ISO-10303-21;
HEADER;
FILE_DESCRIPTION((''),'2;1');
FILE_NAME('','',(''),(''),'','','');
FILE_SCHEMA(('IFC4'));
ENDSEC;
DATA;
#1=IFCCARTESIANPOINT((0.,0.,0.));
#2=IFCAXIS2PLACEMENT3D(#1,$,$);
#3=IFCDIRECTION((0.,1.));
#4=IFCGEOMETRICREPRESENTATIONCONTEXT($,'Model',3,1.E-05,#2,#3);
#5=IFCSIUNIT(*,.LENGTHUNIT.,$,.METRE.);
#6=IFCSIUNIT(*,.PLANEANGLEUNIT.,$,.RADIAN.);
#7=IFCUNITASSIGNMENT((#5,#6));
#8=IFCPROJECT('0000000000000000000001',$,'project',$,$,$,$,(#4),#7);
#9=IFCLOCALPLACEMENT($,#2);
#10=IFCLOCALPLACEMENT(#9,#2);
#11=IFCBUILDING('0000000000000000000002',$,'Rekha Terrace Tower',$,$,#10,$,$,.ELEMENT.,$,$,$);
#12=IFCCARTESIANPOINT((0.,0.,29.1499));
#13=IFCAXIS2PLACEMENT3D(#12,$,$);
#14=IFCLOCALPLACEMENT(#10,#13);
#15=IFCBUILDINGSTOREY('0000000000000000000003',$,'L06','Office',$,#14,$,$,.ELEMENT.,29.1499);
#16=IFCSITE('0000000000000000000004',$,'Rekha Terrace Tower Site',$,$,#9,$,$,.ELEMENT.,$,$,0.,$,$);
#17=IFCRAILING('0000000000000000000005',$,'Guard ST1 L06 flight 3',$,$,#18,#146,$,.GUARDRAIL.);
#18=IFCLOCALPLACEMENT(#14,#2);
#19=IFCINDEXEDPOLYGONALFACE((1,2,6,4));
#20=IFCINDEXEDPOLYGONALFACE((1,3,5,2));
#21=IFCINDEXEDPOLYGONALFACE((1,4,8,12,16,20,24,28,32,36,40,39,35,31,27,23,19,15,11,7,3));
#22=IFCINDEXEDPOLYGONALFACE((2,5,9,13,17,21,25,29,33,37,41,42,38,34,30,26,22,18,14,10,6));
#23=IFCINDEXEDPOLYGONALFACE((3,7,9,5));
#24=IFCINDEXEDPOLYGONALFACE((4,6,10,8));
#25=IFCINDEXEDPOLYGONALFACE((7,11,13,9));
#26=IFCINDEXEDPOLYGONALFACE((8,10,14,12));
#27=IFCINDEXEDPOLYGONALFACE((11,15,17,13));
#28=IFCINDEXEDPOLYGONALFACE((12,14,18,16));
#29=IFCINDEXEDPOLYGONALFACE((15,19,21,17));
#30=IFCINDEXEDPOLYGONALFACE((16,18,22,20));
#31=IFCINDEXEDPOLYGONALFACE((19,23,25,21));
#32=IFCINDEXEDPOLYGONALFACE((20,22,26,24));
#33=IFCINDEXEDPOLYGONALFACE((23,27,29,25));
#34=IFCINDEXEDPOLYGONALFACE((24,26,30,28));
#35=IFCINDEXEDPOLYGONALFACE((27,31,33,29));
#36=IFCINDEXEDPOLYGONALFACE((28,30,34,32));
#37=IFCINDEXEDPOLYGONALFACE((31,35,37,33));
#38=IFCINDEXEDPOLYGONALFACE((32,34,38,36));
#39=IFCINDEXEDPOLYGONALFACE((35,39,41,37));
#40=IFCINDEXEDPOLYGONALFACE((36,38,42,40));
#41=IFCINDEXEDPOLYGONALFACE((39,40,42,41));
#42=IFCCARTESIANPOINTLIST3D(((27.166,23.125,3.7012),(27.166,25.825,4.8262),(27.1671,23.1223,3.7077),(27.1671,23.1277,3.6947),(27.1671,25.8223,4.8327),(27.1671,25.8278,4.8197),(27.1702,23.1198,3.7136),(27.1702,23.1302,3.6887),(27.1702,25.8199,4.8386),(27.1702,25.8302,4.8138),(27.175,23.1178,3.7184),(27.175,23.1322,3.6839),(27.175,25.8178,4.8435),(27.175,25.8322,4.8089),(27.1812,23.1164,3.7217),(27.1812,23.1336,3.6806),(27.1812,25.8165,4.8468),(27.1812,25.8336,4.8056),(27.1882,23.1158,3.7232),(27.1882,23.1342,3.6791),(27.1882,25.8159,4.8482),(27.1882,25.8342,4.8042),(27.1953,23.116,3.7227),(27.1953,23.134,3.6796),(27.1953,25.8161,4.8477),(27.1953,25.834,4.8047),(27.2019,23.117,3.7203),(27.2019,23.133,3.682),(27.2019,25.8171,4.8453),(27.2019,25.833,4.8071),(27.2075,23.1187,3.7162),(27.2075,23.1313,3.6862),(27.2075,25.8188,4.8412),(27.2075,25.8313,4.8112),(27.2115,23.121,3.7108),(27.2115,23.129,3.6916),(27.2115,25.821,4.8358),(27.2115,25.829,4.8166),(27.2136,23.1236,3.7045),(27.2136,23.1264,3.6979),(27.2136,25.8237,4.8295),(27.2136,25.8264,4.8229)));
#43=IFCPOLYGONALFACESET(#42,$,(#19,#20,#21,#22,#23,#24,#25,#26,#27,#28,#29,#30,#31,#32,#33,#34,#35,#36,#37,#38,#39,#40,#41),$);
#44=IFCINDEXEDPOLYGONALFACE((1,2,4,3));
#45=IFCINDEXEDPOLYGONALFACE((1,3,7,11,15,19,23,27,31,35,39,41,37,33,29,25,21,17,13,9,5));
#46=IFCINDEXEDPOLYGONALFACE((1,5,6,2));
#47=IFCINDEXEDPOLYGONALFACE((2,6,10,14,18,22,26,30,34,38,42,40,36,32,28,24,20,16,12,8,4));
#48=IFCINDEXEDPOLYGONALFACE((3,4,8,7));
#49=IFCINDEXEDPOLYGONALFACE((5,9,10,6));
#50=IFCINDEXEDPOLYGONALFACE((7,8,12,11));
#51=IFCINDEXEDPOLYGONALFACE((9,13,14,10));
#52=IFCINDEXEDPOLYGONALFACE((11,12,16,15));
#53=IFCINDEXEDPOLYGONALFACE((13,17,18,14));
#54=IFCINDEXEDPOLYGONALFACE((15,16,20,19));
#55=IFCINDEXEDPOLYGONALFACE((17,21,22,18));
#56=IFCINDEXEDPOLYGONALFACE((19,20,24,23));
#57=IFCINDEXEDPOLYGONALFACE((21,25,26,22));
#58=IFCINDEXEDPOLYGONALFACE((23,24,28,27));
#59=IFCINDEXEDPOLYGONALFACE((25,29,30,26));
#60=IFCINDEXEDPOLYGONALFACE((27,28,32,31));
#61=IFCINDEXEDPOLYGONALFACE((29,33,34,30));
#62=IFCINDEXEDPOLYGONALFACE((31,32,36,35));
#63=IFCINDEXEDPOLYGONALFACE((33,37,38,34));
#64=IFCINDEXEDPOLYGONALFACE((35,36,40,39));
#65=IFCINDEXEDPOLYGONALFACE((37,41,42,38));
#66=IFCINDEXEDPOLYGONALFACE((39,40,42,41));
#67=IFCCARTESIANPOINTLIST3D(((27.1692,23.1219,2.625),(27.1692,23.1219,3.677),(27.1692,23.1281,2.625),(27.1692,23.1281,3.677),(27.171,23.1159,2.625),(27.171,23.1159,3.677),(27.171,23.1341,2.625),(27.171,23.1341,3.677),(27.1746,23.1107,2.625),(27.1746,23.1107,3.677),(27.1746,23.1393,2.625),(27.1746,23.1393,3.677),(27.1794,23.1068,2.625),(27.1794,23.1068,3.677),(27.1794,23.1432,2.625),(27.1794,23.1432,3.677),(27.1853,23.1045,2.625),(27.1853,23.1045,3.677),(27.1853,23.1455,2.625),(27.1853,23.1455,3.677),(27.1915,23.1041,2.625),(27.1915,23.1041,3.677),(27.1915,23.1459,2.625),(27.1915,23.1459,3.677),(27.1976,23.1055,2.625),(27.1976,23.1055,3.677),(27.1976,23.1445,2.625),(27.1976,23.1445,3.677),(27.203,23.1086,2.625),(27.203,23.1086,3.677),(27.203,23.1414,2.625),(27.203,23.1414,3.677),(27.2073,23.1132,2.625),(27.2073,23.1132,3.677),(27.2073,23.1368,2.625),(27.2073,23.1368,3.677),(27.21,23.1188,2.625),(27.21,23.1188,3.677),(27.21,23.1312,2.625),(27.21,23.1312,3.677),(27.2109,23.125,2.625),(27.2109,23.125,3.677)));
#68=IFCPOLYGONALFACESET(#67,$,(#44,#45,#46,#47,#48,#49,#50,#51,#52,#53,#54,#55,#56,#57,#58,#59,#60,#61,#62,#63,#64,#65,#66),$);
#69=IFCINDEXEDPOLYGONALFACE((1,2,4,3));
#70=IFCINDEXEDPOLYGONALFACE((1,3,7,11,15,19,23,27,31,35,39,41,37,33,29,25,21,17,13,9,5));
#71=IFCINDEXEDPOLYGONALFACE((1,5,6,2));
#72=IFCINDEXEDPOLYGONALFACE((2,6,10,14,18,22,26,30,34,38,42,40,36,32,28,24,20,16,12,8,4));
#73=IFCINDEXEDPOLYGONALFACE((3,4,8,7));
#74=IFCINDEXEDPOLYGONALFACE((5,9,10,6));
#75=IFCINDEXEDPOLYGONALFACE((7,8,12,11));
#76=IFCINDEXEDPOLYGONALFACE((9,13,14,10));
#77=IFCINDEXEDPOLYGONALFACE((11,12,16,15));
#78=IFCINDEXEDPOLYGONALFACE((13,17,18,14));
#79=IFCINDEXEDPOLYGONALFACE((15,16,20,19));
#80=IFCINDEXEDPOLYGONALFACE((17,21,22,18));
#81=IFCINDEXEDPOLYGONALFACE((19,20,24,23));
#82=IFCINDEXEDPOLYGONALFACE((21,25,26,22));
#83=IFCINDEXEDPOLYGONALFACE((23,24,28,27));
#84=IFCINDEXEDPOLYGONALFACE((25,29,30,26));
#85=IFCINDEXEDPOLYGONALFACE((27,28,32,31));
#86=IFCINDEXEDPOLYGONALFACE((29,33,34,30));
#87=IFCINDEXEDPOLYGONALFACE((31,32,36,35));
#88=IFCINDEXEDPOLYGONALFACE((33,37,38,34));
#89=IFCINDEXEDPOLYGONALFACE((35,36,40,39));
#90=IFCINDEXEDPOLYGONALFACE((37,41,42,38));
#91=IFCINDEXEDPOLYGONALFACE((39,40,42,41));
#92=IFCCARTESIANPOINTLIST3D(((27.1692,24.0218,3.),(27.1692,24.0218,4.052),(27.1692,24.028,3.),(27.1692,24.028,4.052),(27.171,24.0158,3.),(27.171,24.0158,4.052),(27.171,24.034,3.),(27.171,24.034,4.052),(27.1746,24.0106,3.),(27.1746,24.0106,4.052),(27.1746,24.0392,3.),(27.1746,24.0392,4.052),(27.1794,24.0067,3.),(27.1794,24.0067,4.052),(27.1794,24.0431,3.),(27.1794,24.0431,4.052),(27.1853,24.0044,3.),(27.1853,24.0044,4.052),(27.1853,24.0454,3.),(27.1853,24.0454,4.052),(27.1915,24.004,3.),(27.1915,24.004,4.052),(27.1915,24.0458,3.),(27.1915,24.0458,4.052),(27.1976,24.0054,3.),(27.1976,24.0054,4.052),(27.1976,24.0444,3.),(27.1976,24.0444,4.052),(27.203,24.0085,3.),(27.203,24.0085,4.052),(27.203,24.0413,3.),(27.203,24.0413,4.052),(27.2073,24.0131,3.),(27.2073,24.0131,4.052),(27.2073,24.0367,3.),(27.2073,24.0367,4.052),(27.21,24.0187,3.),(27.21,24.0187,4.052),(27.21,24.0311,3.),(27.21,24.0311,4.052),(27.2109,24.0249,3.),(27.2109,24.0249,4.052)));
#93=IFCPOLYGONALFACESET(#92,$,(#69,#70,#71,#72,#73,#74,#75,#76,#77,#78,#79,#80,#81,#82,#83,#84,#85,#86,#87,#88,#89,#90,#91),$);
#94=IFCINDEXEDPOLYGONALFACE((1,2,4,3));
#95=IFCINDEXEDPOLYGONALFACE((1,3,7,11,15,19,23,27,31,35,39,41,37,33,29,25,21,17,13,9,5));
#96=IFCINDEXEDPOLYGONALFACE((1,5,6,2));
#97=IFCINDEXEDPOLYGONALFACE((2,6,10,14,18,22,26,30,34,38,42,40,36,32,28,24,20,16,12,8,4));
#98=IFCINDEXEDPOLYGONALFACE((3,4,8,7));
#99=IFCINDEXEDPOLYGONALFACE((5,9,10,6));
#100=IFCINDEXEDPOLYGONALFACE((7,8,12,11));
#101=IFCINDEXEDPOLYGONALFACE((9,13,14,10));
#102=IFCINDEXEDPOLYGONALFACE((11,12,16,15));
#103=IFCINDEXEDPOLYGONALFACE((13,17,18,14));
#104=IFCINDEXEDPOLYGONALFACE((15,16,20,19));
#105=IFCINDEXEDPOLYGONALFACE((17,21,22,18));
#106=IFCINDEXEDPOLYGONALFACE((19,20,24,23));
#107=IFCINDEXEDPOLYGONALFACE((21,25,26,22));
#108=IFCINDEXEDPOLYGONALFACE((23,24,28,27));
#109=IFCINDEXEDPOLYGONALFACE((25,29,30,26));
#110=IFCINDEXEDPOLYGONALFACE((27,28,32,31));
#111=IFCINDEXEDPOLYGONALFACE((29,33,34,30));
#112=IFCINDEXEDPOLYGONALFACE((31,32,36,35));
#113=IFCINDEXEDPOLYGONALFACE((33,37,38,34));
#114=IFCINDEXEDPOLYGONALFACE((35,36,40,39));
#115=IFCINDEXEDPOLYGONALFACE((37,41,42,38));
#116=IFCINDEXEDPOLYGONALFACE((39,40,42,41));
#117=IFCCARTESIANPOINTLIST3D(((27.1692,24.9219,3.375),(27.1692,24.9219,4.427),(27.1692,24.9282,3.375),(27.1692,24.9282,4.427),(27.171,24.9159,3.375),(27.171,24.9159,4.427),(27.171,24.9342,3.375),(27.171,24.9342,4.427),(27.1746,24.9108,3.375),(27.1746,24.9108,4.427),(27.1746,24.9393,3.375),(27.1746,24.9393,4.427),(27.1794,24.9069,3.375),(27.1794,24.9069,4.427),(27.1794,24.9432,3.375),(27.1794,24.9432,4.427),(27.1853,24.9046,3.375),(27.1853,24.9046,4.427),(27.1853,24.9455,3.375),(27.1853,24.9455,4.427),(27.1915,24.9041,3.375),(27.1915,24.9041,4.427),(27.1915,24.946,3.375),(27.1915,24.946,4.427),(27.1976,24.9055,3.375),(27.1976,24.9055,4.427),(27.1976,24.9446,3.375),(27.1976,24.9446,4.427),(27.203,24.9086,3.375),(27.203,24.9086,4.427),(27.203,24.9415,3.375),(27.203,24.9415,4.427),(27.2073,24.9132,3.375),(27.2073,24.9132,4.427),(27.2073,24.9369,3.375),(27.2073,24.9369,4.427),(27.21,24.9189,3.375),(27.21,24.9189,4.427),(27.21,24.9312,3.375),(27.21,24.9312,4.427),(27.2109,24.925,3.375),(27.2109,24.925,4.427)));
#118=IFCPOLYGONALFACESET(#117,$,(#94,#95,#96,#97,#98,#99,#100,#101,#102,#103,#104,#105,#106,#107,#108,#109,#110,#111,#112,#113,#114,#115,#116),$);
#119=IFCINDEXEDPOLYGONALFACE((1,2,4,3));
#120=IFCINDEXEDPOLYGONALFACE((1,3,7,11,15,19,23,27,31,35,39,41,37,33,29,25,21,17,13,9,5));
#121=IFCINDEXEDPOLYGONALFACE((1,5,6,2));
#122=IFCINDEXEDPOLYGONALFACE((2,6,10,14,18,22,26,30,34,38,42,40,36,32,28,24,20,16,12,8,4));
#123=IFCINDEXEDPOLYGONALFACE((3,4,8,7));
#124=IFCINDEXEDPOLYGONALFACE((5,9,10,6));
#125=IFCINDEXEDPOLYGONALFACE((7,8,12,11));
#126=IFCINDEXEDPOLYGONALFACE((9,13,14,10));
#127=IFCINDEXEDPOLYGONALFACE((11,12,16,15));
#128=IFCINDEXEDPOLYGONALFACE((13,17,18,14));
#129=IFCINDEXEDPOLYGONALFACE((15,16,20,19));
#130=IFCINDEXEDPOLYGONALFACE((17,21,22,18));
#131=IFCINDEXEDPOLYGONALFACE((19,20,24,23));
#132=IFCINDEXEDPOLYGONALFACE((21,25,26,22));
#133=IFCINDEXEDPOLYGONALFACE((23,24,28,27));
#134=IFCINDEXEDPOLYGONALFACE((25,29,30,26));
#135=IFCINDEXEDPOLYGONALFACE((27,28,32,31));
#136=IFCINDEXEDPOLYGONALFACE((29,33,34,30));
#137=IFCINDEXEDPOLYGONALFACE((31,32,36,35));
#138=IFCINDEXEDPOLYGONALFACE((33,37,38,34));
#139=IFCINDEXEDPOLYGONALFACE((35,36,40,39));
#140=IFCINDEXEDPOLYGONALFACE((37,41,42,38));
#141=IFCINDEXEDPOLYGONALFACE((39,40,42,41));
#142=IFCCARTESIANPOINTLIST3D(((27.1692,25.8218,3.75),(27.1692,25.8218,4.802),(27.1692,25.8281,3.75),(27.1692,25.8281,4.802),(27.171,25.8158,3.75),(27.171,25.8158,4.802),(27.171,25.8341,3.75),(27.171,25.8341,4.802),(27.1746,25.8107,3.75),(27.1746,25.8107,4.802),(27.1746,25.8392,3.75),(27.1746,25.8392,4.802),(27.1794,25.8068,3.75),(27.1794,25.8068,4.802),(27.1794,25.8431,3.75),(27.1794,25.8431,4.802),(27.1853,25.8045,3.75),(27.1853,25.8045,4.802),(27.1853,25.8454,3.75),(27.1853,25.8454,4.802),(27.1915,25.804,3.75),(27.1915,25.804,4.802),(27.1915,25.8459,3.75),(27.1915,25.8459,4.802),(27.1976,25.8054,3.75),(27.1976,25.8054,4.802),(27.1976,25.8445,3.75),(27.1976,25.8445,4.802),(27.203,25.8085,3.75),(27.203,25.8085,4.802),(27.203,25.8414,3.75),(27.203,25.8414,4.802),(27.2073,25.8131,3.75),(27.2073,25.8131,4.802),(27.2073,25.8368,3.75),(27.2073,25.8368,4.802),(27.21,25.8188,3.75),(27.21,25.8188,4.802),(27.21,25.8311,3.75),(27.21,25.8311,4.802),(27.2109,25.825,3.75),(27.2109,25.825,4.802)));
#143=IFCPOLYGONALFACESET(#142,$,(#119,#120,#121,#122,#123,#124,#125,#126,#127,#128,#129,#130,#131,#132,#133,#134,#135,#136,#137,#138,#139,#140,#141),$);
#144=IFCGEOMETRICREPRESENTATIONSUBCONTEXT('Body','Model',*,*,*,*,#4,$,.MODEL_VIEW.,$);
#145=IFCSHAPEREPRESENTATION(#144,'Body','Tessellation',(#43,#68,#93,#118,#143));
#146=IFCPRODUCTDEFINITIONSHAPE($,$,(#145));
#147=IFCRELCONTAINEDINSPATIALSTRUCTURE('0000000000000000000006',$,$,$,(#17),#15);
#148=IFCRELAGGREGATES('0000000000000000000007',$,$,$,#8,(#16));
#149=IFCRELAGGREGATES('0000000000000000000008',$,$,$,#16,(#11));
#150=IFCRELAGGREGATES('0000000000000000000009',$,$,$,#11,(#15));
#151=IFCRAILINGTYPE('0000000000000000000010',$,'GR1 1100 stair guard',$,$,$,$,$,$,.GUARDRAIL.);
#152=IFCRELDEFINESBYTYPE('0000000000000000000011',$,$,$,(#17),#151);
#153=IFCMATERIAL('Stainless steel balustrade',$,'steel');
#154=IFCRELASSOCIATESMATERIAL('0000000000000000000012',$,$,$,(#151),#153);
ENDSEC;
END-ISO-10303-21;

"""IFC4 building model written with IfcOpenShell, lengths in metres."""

from ifc_helpers import new_model, si_unit, direction, frame, origin, origin_2d, place, context, subcontext, project, spatial, circle, extrude, material, type_object, element, save


model = new_model("IFC4")

# Units and contexts
model_context = context("Model", 3, precision=1e-05, world=origin(), true_north=direction((0.0, 1.0)))
body_context = subcontext(model_context, "Body", "Model", "MODEL_VIEW")
ifc_project = project(units=[si_unit("LENGTHUNIT", "METRE"), si_unit("PLANEANGLEUNIT", "RADIAN")], contexts=[model_context])

# Site, building, storey
site_placement = place(None, origin())
site = spatial("IfcSite", under=ifc_project, at=site_placement, Name="Rekha Terrace Tower Site", CompositionType="ELEMENT", RefElevation=0.0)
building_placement = place(site_placement, origin())
building = spatial("IfcBuilding", under=site, at=building_placement, Name="Rekha Terrace Tower", CompositionType="ELEMENT")
storey_placement = place(building_placement, frame((0.0, 0.0, 29.1499)))
storey = spatial("IfcBuildingStorey", under=building, at=storey_placement, Name="L06", Description="Office", CompositionType="ELEMENT", Elevation=29.1499)

# Railing
ifc_material_1 = material(Name="Stainless steel balustrade", Category="steel")
railing_type_1 = type_object("IfcRailingType", Name="GR1 1100 stair guard", PredefinedType="GUARDRAIL", material=ifc_material_1)
railing_1_placement = place(storey_placement, frame((27.1899, 23.125, 2.625)))
element("IfcRailing", 1, at=railing_1_placement, inside=storey, type_object=railing_type_1, Name="Guard ST1 L06 flight 3", PredefinedType="GUARDRAIL", context=body_context, shape_type="SweptSolid", body=[
    extrude(circle(Radius=0.0239, at=origin_2d()), frame((0.0, 0.0, 1.0762), z_axis=(0.0, 0.923074, 0.384621), x_axis=(-1.0, 0.0, 0.0)), (0.0, 0.0, 1.0), 2.925),
    extrude(circle(Radius=0.021, at=origin_2d()), origin(), (0.0, 0.0, 1.0), 1.052),
    extrude(circle(Radius=0.021, at=origin_2d()), frame((0.0, 0.8999, 0.375)), (0.0, 0.0, 1.0), 1.052),
    extrude(circle(Radius=0.021, at=origin_2d()), frame((0.0, 1.8, 0.75)), (0.0, 0.0, 1.0), 1.052),
    extrude(circle(Radius=0.021, at=origin_2d()), frame((0.0, 2.7, 1.125)), (0.0, 0.0, 1.0), 1.052),
])

save(model, "model.ifc")
